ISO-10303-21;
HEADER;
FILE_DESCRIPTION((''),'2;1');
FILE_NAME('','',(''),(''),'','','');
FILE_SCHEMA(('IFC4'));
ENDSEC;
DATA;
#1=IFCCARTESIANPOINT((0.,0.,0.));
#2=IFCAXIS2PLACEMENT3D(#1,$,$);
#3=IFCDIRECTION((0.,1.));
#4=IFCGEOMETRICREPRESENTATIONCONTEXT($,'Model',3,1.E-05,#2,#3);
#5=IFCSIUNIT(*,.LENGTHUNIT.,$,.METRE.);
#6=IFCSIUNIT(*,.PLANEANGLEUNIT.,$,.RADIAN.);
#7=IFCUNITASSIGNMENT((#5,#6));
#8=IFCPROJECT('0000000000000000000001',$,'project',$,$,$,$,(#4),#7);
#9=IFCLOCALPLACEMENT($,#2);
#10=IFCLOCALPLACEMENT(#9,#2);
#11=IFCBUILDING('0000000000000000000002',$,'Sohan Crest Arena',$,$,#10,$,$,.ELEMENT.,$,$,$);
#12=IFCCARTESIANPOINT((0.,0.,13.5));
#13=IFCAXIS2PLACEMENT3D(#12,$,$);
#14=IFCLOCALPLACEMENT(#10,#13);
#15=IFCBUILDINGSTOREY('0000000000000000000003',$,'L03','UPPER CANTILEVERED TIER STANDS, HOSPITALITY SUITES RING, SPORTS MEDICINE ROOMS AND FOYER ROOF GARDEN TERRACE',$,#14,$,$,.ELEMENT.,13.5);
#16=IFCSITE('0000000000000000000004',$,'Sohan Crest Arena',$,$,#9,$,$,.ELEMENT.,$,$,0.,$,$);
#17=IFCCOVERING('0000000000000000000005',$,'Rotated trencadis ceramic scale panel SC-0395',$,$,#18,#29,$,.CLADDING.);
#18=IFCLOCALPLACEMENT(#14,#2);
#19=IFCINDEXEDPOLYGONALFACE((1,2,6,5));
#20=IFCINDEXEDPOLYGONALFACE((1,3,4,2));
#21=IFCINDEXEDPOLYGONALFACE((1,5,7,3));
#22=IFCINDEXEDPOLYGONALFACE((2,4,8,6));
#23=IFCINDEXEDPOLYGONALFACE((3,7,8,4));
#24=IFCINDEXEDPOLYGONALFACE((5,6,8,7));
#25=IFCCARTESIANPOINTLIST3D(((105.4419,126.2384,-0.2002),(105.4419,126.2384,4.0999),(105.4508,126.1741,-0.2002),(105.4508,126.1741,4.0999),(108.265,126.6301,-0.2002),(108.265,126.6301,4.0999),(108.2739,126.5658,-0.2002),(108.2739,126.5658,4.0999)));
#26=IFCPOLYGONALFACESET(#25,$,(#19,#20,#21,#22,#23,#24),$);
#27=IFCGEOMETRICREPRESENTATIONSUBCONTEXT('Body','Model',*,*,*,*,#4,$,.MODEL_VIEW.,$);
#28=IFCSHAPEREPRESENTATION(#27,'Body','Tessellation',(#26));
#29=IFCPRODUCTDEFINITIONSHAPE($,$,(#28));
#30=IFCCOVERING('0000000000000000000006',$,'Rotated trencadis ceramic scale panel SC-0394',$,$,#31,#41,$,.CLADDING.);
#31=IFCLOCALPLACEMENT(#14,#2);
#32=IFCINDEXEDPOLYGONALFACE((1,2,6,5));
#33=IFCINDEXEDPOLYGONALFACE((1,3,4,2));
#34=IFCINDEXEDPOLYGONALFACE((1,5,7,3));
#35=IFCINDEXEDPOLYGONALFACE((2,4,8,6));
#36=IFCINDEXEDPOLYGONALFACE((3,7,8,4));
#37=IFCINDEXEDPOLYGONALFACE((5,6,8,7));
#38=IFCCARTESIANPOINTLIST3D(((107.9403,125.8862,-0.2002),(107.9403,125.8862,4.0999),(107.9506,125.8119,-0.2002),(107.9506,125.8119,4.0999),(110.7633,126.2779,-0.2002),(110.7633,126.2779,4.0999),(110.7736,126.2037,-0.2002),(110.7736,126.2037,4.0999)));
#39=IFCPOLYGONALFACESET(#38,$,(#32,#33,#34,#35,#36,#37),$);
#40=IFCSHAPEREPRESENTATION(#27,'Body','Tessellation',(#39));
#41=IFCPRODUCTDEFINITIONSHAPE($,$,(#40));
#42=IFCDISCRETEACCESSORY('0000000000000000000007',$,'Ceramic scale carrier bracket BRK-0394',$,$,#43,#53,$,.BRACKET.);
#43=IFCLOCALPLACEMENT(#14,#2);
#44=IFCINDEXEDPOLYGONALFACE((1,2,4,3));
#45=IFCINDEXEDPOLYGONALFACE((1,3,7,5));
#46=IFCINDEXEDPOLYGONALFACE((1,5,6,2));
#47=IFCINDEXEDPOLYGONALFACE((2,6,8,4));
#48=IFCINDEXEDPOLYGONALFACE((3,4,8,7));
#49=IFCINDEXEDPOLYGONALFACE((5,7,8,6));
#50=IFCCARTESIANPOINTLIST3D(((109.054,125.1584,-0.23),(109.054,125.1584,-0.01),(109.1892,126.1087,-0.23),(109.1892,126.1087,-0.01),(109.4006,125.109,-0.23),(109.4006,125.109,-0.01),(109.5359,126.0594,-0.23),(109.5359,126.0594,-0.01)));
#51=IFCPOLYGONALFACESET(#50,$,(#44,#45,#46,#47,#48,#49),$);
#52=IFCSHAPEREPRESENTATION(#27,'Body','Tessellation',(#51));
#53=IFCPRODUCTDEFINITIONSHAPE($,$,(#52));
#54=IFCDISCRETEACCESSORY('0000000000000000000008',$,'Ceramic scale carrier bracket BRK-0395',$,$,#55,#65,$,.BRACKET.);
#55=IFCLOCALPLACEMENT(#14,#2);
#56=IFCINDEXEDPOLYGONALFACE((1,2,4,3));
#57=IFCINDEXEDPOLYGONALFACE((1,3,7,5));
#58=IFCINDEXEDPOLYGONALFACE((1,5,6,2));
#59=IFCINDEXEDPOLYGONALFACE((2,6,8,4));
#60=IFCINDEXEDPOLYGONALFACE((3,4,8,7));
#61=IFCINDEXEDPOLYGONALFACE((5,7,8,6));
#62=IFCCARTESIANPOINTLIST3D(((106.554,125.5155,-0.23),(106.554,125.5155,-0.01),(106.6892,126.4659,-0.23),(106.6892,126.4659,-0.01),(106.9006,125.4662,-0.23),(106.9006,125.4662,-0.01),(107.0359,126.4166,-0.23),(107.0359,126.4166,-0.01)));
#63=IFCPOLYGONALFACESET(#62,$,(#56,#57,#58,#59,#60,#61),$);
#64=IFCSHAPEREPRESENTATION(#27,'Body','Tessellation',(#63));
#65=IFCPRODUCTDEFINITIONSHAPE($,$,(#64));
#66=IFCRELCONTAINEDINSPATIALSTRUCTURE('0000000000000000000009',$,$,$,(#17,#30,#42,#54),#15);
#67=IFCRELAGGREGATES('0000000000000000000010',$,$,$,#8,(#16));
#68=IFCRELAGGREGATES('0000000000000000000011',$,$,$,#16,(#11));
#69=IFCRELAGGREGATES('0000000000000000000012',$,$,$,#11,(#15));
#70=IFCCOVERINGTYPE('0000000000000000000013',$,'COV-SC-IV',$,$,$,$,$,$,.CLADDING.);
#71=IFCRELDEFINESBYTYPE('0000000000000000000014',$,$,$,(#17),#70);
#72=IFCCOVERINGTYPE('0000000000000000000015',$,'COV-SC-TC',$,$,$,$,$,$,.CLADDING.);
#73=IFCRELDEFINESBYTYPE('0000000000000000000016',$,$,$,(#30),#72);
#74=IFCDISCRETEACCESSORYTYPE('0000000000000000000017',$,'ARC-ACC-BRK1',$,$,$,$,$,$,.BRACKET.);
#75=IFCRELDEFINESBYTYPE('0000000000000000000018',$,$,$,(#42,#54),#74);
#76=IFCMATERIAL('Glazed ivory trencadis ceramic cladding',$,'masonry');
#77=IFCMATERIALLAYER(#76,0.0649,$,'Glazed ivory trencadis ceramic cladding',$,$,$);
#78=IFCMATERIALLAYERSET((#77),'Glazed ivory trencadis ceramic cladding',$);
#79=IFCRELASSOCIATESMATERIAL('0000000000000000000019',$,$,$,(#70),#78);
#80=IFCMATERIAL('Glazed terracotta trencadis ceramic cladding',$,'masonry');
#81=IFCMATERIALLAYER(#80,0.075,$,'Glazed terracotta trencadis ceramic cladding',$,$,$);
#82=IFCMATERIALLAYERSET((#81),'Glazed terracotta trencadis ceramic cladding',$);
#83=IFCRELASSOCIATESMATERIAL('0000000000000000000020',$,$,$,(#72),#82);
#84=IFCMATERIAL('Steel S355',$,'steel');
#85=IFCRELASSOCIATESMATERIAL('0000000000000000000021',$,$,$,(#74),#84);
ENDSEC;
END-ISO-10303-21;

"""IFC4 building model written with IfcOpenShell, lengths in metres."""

from ifc_helpers import new_model, si_unit, direction, frame, origin, origin_2d, place, context, subcontext, project, spatial, rectangle, extrude, material, layer, layer_set, type_object, element, save


model = new_model("IFC4")

# Units and contexts
model_context = context("Model", 3, precision=1e-05, world=origin(), true_north=direction((0.0, 1.0)))
body_context = subcontext(model_context, "Body", "Model", "MODEL_VIEW")
ifc_project = project(units=[si_unit("LENGTHUNIT", "METRE"), si_unit("PLANEANGLEUNIT", "RADIAN")], contexts=[model_context])

# Site, building, storey
site_placement = place(None, origin())
site = spatial("IfcSite", under=ifc_project, at=site_placement, Name="Sohan Crest Arena", CompositionType="ELEMENT", RefElevation=0.0)
building_placement = place(site_placement, origin())
building = spatial("IfcBuilding", under=site, at=building_placement, Name="Sohan Crest Arena", CompositionType="ELEMENT")
storey_placement = place(building_placement, frame((0.0, 0.0, 13.5)))
storey = spatial("IfcBuildingStorey", under=building, at=storey_placement, Name="L03", Description="UPPER CANTILEVERED TIER STANDS, HOSPITALITY SUITES RING, SPORTS MEDICINE ROOMS AND FOYER ROOF GARDEN TERRACE", CompositionType="ELEMENT", Elevation=13.5)

# Shared definitions
ifc_material_1 = material(Name="Steel S355", Category="steel")

# Coverings
ifc_material_2 = material(Name="Glazed ivory trencadis ceramic cladding", Category="masonry")
ifc_layer_1 = layer(ifc_material_2, 0.0649, Name="Glazed ivory trencadis ceramic cladding")
ifc_layer_set_1 = layer_set([ifc_layer_1], Name="Glazed ivory trencadis ceramic cladding")
covering_type_1 = type_object("IfcCoveringType", Name="COV-SC-IV", PredefinedType="CLADDING", material=ifc_layer_set_1)
covering_1_placement = place(storey_placement, frame((106.8579, 126.4021, -0.2002), z_axis=(0.0, 0.0, 1.0), x_axis=(-0.990509, -0.137445, 0.0)))
element("IfcCovering", 1, at=covering_1_placement, inside=storey, type_object=covering_type_1, Name="Rotated trencadis ceramic scale panel SC-0395", PredefinedType="CLADDING", context=body_context, shape_type="SweptSolid", body=[
    extrude(rectangle(XDim=2.8501, YDim=0.0649, at=origin_2d()), origin(), (0.0, 0.0, 1.0), 4.3),
])
ifc_material_3 = material(Name="Glazed terracotta trencadis ceramic cladding", Category="masonry")
ifc_layer_2 = layer(ifc_material_3, 0.075, Name="Glazed terracotta trencadis ceramic cladding")
ifc_layer_set_2 = layer_set([ifc_layer_2], Name="Glazed terracotta trencadis ceramic cladding")
covering_type_2 = type_object("IfcCoveringType", Name="COV-SC-TC", PredefinedType="CLADDING", material=ifc_layer_set_2)
covering_2_placement = place(storey_placement, frame((109.3569, 126.0449, -0.2002), z_axis=(0.0, 0.0, 1.0), x_axis=(-0.990509, -0.137445, 0.0)))
element("IfcCovering", 2, at=covering_2_placement, inside=storey, type_object=covering_type_2, Name="Rotated trencadis ceramic scale panel SC-0394", PredefinedType="CLADDING", context=body_context, shape_type="SweptSolid", body=[
    extrude(rectangle(XDim=2.8501, YDim=0.075, at=origin_2d()), origin(), (0.0, 0.0, 1.0), 4.3),
])

# Discrete accessories
discrete_accessory_type = type_object("IfcDiscreteAccessoryType", Name="ARC-ACC-BRK1", PredefinedType="BRACKET", material=ifc_material_1)
for number, where, z_axis, x_axis, name in (
    (3, (109.2949, 125.6089, -0.23), (0.0, 0.0, 1.0), (-0.990024, 0.140901, 0.0), "Ceramic scale carrier bracket BRK-0394"),
    (4, (106.7949, 125.9661, -0.23), (0.0, 0.0, 1.0), (-0.990024, 0.140901, 0.0), "Ceramic scale carrier bracket BRK-0395"),
):
    element("IfcDiscreteAccessory", number, at=place(storey_placement, frame(where, z_axis=z_axis, x_axis=x_axis)), inside=storey, type_object=discrete_accessory_type, Name=name, PredefinedType="BRACKET", context=body_context, shape_type="SweptSolid", body=[
        extrude(rectangle(XDim=0.3501, YDim=0.96, at=origin_2d()), origin(), (0.0, 0.0, 1.0), 0.22),
    ])

save(model, "model.ifc")
